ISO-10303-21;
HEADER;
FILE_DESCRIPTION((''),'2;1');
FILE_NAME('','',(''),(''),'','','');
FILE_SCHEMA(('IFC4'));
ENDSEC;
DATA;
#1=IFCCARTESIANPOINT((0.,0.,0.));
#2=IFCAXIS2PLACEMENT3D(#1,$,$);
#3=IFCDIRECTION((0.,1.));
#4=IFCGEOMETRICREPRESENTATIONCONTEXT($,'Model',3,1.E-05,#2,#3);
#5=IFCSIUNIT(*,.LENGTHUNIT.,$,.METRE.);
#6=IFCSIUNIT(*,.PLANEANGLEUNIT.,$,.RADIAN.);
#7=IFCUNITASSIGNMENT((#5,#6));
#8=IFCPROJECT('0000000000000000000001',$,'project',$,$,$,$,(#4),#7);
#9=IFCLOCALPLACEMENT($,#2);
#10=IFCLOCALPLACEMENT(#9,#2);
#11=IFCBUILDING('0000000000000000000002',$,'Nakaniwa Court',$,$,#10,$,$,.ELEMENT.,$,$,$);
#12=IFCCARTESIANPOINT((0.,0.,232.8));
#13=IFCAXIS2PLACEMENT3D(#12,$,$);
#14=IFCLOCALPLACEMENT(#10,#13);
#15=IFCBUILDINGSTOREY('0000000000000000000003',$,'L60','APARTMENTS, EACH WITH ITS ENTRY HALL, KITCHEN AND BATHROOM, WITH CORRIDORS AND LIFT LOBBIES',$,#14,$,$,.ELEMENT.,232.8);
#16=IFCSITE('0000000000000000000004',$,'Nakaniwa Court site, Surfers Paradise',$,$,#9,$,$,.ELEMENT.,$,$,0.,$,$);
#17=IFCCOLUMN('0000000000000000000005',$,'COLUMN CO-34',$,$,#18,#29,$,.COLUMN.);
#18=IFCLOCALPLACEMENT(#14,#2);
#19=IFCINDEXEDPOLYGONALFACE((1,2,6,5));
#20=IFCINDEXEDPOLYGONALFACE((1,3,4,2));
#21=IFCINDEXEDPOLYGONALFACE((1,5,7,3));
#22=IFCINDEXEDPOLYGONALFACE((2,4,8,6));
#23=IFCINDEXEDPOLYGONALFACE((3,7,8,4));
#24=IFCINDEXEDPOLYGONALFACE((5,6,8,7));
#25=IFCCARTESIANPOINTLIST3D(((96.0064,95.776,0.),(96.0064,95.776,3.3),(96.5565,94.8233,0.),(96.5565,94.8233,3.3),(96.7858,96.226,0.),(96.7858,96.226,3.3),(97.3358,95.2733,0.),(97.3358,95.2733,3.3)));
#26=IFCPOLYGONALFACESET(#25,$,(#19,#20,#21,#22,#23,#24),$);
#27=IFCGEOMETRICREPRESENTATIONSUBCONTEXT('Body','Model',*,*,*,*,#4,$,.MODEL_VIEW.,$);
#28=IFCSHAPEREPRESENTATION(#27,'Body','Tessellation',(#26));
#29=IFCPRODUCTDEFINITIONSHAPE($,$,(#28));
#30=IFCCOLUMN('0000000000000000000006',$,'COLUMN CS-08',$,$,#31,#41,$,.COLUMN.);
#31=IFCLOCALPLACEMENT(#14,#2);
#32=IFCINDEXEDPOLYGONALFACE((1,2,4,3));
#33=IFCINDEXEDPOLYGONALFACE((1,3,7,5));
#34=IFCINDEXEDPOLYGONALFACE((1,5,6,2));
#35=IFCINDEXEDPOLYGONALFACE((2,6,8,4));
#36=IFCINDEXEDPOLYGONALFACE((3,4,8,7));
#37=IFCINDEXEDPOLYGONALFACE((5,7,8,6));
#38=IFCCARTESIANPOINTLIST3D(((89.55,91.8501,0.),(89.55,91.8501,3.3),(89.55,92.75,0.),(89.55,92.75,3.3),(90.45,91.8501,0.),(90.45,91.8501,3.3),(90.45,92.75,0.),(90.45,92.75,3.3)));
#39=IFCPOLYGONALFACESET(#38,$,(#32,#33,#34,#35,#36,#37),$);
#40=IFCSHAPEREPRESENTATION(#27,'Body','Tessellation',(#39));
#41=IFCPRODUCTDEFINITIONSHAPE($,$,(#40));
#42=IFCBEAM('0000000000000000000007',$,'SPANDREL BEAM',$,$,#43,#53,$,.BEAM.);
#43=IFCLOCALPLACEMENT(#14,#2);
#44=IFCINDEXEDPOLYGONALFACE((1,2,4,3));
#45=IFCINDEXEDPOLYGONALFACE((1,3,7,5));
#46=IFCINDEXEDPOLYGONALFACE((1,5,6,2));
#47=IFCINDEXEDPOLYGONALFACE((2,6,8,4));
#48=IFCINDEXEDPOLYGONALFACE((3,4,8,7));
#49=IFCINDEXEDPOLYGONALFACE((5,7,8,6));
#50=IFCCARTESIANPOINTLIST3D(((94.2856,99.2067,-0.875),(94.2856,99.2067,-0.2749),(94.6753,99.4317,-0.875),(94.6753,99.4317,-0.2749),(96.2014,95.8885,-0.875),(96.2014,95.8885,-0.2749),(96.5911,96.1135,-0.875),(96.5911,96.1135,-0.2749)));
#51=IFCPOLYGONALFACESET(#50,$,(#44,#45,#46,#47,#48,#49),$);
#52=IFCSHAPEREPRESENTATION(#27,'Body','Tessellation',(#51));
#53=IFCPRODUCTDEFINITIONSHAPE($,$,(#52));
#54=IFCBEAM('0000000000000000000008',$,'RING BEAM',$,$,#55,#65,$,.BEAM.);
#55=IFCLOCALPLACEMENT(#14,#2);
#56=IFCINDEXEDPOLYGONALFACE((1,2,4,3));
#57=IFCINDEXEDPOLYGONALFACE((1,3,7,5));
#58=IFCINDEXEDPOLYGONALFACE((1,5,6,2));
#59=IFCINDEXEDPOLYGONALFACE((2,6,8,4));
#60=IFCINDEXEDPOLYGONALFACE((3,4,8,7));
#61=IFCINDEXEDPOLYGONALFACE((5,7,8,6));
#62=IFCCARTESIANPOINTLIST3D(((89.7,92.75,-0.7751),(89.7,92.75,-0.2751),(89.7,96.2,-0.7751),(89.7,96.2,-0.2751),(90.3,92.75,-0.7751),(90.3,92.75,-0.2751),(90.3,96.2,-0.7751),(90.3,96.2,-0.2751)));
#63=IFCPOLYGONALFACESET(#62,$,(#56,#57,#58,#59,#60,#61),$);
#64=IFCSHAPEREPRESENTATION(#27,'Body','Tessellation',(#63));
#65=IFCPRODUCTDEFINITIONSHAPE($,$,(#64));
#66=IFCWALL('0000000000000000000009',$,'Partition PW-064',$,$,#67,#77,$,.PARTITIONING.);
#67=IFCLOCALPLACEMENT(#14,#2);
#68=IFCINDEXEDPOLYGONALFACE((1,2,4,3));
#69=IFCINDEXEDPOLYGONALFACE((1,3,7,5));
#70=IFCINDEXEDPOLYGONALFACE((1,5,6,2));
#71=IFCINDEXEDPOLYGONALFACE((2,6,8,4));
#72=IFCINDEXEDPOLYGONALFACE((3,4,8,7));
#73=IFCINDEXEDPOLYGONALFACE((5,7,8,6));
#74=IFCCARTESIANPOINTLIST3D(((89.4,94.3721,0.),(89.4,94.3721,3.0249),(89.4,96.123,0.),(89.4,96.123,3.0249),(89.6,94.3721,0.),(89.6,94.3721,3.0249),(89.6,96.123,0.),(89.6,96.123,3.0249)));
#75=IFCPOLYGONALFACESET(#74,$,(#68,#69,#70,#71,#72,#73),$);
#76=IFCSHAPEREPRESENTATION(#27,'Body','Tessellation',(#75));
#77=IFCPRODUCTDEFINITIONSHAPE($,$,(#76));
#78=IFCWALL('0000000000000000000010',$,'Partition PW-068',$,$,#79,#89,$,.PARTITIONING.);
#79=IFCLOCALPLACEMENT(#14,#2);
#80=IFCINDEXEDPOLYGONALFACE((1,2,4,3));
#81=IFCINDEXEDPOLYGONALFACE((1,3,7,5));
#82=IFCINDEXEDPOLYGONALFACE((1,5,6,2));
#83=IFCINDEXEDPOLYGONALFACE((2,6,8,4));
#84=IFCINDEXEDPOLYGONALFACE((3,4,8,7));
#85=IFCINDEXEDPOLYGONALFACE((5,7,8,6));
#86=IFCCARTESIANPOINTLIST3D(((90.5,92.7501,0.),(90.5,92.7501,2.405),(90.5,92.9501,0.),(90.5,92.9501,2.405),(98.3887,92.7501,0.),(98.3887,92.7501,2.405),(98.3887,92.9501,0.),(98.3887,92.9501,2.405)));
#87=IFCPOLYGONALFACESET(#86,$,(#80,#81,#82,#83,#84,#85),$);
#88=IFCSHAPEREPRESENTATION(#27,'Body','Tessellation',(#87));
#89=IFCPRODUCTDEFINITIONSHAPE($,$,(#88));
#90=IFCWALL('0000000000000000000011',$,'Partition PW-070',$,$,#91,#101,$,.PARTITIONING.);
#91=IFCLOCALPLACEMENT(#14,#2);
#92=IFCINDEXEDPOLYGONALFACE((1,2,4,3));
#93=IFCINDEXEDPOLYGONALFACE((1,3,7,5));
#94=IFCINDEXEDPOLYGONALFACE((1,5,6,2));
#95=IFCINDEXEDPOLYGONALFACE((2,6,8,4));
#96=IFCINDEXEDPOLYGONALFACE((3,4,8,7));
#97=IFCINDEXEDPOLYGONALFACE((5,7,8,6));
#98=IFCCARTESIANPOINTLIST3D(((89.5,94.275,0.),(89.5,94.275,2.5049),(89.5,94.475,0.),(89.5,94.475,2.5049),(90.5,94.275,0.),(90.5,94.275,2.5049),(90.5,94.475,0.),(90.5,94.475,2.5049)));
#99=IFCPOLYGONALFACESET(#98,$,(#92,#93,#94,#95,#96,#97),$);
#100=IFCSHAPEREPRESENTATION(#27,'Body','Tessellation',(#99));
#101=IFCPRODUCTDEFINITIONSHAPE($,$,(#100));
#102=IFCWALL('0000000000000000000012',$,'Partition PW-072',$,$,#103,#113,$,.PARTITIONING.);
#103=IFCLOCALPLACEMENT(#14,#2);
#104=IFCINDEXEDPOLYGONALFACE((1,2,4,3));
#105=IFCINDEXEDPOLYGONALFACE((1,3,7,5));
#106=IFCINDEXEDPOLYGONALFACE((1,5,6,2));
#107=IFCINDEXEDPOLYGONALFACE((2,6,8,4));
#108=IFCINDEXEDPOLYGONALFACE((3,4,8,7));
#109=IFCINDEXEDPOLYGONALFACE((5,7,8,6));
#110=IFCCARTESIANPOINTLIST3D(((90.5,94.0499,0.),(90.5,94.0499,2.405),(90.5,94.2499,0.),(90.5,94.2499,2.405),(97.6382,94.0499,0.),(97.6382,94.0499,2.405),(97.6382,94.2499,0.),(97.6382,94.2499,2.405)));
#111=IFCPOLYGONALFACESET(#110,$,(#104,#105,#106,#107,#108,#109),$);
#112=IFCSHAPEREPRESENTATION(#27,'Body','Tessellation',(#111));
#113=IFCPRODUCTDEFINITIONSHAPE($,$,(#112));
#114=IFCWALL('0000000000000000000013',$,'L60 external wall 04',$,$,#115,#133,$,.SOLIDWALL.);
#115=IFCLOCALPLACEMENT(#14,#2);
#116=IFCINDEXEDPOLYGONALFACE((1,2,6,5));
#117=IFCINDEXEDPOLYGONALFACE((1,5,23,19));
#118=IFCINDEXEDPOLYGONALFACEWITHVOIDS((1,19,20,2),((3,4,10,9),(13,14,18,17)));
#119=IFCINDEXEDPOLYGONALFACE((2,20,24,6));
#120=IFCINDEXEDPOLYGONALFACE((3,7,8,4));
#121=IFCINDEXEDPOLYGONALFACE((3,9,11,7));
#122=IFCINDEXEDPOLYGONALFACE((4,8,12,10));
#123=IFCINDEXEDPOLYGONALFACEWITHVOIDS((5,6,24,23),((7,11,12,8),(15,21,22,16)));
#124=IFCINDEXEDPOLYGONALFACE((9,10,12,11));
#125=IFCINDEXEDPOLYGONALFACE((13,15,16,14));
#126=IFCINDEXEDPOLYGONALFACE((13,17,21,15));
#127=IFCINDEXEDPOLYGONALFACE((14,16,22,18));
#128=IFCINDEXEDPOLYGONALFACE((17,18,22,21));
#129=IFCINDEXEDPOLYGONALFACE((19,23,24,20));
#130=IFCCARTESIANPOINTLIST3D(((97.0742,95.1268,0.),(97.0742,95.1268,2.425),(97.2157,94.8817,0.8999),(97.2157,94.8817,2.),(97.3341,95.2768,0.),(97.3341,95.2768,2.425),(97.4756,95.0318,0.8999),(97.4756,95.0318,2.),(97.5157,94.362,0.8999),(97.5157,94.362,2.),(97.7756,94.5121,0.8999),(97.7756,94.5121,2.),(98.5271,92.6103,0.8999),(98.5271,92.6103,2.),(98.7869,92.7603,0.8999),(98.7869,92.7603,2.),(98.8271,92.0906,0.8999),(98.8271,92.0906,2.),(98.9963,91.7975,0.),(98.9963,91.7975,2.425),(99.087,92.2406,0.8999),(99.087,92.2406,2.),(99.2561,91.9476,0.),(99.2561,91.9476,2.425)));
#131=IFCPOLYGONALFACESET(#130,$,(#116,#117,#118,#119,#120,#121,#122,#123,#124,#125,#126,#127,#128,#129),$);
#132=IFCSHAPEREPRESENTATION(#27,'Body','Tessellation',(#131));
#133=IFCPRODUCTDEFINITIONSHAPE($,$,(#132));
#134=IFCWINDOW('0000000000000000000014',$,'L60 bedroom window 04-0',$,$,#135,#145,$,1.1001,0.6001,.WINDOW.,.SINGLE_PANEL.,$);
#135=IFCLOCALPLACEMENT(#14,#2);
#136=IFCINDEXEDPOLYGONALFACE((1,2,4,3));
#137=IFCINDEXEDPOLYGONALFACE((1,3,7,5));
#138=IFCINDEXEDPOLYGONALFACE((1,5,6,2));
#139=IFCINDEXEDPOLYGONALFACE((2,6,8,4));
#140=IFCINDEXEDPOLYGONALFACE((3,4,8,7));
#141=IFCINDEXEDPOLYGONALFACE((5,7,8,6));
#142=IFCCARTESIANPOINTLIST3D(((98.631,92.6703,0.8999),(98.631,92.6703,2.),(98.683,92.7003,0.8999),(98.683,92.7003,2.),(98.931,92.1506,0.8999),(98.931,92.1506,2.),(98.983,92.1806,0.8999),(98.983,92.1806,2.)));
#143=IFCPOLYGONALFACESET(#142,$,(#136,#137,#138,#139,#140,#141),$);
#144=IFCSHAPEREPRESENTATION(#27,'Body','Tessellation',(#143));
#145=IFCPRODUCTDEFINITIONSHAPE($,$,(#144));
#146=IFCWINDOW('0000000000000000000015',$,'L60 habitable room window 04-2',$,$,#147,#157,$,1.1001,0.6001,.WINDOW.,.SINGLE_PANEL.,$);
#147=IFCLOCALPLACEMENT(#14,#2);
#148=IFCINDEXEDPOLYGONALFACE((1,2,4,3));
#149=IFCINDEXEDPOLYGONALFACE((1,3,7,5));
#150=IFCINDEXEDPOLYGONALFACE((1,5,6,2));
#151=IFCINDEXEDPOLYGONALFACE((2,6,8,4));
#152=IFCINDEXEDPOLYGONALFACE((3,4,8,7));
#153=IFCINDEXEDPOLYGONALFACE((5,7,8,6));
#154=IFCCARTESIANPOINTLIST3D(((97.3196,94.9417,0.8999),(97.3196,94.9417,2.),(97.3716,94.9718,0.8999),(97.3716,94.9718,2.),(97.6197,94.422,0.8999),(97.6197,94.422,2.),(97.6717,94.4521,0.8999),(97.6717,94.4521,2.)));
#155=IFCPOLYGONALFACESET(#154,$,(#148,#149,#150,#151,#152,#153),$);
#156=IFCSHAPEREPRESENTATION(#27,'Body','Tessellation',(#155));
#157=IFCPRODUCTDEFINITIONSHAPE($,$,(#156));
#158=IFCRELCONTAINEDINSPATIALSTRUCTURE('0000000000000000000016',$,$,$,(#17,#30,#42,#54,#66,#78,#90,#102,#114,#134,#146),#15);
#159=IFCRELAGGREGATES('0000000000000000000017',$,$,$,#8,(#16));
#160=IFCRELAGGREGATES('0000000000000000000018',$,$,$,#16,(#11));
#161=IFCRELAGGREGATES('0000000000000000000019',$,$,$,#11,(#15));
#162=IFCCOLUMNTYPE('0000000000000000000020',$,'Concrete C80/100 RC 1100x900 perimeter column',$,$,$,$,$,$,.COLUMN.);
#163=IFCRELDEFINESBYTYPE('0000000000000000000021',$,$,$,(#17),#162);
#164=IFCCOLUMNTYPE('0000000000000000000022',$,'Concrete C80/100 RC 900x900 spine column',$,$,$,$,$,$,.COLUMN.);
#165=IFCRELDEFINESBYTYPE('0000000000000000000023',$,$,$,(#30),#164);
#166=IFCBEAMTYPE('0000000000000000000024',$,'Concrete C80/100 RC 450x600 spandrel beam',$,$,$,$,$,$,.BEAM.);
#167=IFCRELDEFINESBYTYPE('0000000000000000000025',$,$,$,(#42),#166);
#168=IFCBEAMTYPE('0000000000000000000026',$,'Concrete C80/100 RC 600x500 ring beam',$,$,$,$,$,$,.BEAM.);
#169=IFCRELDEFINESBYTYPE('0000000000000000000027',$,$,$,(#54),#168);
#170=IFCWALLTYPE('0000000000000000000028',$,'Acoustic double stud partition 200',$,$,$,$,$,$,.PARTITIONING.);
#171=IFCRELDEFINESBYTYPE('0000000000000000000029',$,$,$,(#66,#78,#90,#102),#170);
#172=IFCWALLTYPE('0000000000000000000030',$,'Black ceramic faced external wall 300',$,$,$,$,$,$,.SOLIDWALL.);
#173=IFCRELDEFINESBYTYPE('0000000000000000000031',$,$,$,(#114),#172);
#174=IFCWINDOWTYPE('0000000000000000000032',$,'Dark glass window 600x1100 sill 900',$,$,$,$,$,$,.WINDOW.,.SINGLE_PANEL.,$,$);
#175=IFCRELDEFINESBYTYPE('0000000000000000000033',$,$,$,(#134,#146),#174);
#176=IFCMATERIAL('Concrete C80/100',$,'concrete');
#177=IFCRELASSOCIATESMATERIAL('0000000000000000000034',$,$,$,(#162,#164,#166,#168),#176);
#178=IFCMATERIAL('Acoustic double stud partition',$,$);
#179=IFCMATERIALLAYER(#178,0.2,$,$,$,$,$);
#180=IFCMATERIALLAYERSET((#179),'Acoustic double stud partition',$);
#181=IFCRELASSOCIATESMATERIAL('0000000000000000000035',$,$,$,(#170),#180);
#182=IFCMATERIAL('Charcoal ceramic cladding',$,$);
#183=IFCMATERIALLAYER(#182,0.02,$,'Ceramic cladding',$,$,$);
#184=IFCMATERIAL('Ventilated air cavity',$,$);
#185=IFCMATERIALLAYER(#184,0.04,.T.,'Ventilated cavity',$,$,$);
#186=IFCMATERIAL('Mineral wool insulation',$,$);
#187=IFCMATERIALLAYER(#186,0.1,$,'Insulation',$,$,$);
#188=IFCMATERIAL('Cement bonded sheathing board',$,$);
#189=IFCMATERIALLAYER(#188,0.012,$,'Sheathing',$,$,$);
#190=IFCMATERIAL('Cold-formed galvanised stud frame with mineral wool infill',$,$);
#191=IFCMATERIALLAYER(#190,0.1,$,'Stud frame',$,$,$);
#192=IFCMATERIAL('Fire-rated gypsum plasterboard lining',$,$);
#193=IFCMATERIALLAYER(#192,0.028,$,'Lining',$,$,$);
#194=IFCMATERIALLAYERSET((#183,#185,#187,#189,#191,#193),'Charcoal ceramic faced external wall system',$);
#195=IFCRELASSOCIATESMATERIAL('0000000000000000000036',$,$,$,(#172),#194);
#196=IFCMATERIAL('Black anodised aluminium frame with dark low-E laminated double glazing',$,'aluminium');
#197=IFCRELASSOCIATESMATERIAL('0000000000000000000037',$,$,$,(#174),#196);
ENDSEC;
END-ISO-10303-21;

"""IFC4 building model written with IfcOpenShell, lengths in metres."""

from ifc_helpers import new_model, si_unit, direction, frame, frame_2d, origin, origin_2d, place, context, subcontext, project, spatial, rectangle, extrude, material, layer, layer_set, material_profile, profile_set, type_object, element, fill, save


model = new_model("IFC4")

# Units and contexts
model_context = context("Model", 3, precision=1e-05, world=origin(), true_north=direction((0.0, 1.0)))
body_context = subcontext(model_context, "Body", "Model", "MODEL_VIEW")
ifc_project = project(units=[si_unit("LENGTHUNIT", "METRE"), si_unit("PLANEANGLEUNIT", "RADIAN")], contexts=[model_context])

# Site, building, storey
site_placement = place(None, origin())
site = spatial("IfcSite", under=ifc_project, at=site_placement, Name="Nakaniwa Court site, Surfers Paradise", CompositionType="ELEMENT", RefElevation=0.0)
building_placement = place(site_placement, origin())
building = spatial("IfcBuilding", under=site, at=building_placement, Name="Nakaniwa Court", CompositionType="ELEMENT")
storey_placement = place(building_placement, frame((0.0, 0.0, 232.8)))
storey = spatial("IfcBuildingStorey", under=building, at=storey_placement, Name="L60", Description="APARTMENTS, EACH WITH ITS ENTRY HALL, KITCHEN AND BATHROOM, WITH CORRIDORS AND LIFT LOBBIES", CompositionType="ELEMENT", Elevation=232.8)

# Columns
ifc_material_1 = material(Name="Concrete C80/100", Category="concrete")
ifc_material_profile_1 = material_profile(ifc_material_1, rectangle(XDim=1.1001, YDim=0.8999, at=origin_2d()), Name="Concrete C80/100 RC 1100x900 perimeter column")
ifc_profile_set_1 = profile_set([ifc_material_profile_1], Name="Concrete C80/100")
column_type_1 = type_object("IfcColumnType", Name="Concrete C80/100 RC 1100x900 perimeter column", PredefinedType="COLUMN", material=ifc_profile_set_1)
column_1_placement = place(storey_placement, frame((96.6711, 95.5247, 0.0), z_axis=(0.0, 0.0, 1.0), x_axis=(-0.5, 0.866025, 0.0)))
element("IfcColumn", 1, at=column_1_placement, inside=storey, type_object=column_type_1, Name="COLUMN CO-34", PredefinedType="COLUMN", context=body_context, shape_type="SweptSolid", body=[
    extrude(rectangle(XDim=1.1001, YDim=0.8999, at=origin_2d()), origin(), (0.0, 0.0, 1.0), 3.3),
])
ifc_material_profile_2 = material_profile(ifc_material_1, rectangle(XDim=0.8999, YDim=0.8999, at=origin_2d()), Name="Concrete C80/100 RC 900x900 spine column")
ifc_profile_set_2 = profile_set([ifc_material_profile_2], Name="Concrete C80/100")
column_type_2 = type_object("IfcColumnType", Name="Concrete C80/100 RC 900x900 spine column", PredefinedType="COLUMN", material=ifc_profile_set_2)
column_2_placement = place(storey_placement, frame((90.0, 92.3, 0.0), z_axis=(0.0, 0.0, 1.0), x_axis=(0.0, 1.0, 0.0)))
element("IfcColumn", 2, at=column_2_placement, inside=storey, type_object=column_type_2, Name="COLUMN CS-08", PredefinedType="COLUMN", context=body_context, shape_type="SweptSolid", body=[
    extrude(rectangle(XDim=0.8999, YDim=0.8999, at=origin_2d()), origin(), (0.0, 0.0, 1.0), 3.3),
])

# Beams
ifc_material_profile_3 = material_profile(ifc_material_1, rectangle(XDim=0.45, YDim=0.6001, at=origin_2d()), Name="Concrete C80/100 RC 450x600 spandrel beam")
ifc_profile_set_3 = profile_set([ifc_material_profile_3], Name="Concrete C80/100")
beam_type_1 = type_object("IfcBeamType", Name="Concrete C80/100 RC 450x600 spandrel beam", PredefinedType="BEAM", material=ifc_profile_set_3)
beam_1_placement = place(storey_placement, frame((96.3962, 96.001, -0.575), z_axis=(-0.500011, 0.866019, 0.0), x_axis=(-0.866019, -0.500011, 0.0)))
element("IfcBeam", 3, at=beam_1_placement, inside=storey, type_object=beam_type_1, Name="SPANDREL BEAM", PredefinedType="BEAM", context=body_context, shape_type="SweptSolid", body=[
    extrude(rectangle(XDim=0.45, YDim=0.6001, at=origin_2d()), origin(), (0.0, 0.0, 1.0), 3.8315),
])
ifc_material_profile_4 = material_profile(ifc_material_1, rectangle(XDim=0.6001, YDim=0.5, at=origin_2d()), Name="Concrete C80/100 RC 600x500 ring beam")
ifc_profile_set_4 = profile_set([ifc_material_profile_4], Name="Concrete C80/100")
beam_type_2 = type_object("IfcBeamType", Name="Concrete C80/100 RC 600x500 ring beam", PredefinedType="BEAM", material=ifc_profile_set_4)
beam_2_placement = place(storey_placement, frame((90.0, 92.75, -0.5251), z_axis=(0.0, 1.0, 0.0), x_axis=(-1.0, 0.0, 0.0)))
element("IfcBeam", 4, at=beam_2_placement, inside=storey, type_object=beam_type_2, Name="RING BEAM", PredefinedType="BEAM", context=body_context, shape_type="SweptSolid", body=[
    extrude(rectangle(XDim=0.6001, YDim=0.5, at=origin_2d()), origin(), (0.0, 0.0, 1.0), 3.45),
])

# Walls
ifc_material_2 = material(Name="Acoustic double stud partition")
ifc_layer_1 = layer(ifc_material_2, 0.2)
ifc_layer_set_1 = layer_set([ifc_layer_1], Name="Acoustic double stud partition")
wall_type_1 = type_object("IfcWallType", Name="Acoustic double stud partition 200", PredefinedType="PARTITIONING", material=ifc_layer_set_1)
wall_1_placement = place(storey_placement, frame((89.5, 94.3721, 0.0), z_axis=(0.0, 0.0, 1.0), x_axis=(0.0, 1.0, 0.0)))
element("IfcWall", 5, at=wall_1_placement, inside=storey, type_object=wall_type_1, Name="Partition PW-064", PredefinedType="PARTITIONING", context=body_context, shape_type="SweptSolid", body=[
    extrude(rectangle(XDim=1.751, YDim=0.2, at=frame_2d((0.8755, 0.0))), origin(), (0.0, 0.0, 1.0), 3.0249),
])
wall_2_placement = place(storey_placement, frame((90.5, 92.8501, 0.0), z_axis=(0.0, 0.0, 1.0), x_axis=(1.0, 0.0, 0.0)))
element("IfcWall", 6, at=wall_2_placement, inside=storey, type_object=wall_type_1, Name="Partition PW-068", PredefinedType="PARTITIONING", context=body_context, shape_type="SweptSolid", body=[
    extrude(rectangle(XDim=7.8887, YDim=0.2, at=frame_2d((3.9443, 0.0))), origin(), (0.0, 0.0, 1.0), 2.405),
])
wall_3_placement = place(storey_placement, frame((89.5, 94.375, 0.0), z_axis=(0.0, 0.0, 1.0), x_axis=(1.0, 0.0, 0.0)))
element("IfcWall", 7, at=wall_3_placement, inside=storey, type_object=wall_type_1, Name="Partition PW-070", PredefinedType="PARTITIONING", context=body_context, shape_type="SweptSolid", body=[
    extrude(rectangle(XDim=1.0, YDim=0.2, at=frame_2d((0.5, 0.0))), origin(), (0.0, 0.0, 1.0), 2.5049),
])
wall_4_placement = place(storey_placement, frame((90.5, 94.1499, 0.0), z_axis=(0.0, 0.0, 1.0), x_axis=(1.0, 0.0, 0.0)))
element("IfcWall", 8, at=wall_4_placement, inside=storey, type_object=wall_type_1, Name="Partition PW-072", PredefinedType="PARTITIONING", context=body_context, shape_type="SweptSolid", body=[
    extrude(rectangle(XDim=7.1382, YDim=0.2, at=frame_2d((3.5691, 0.0))), origin(), (0.0, 0.0, 1.0), 2.405),
])

# Wall, openings, windows
ifc_material_3 = material(Name="Charcoal ceramic cladding")
ifc_layer_2 = layer(ifc_material_3, 0.02, Name="Ceramic cladding")
ifc_material_4 = material(Name="Ventilated air cavity")
ifc_layer_3 = layer(ifc_material_4, 0.04, ventilated=True, Name="Ventilated cavity")
ifc_material_5 = material(Name="Mineral wool insulation")
ifc_layer_4 = layer(ifc_material_5, 0.1, Name="Insulation")
ifc_material_6 = material(Name="Cement bonded sheathing board")
ifc_layer_5 = layer(ifc_material_6, 0.012, Name="Sheathing")
ifc_material_7 = material(Name="Cold-formed galvanised stud frame with mineral wool infill")
ifc_layer_6 = layer(ifc_material_7, 0.1, Name="Stud frame")
ifc_material_8 = material(Name="Fire-rated gypsum plasterboard lining")
ifc_layer_7 = layer(ifc_material_8, 0.028, Name="Lining")
ifc_layer_set_2 = layer_set([ifc_layer_2, ifc_layer_3, ifc_layer_4, ifc_layer_5, ifc_layer_6, ifc_layer_7], Name="Charcoal ceramic faced external wall system")
wall_type_2 = type_object("IfcWallType", Name="Black ceramic faced external wall 300", PredefinedType="SOLIDWALL", material=ifc_layer_set_2)
wall_5_placement = place(storey_placement, frame((99.1262, 91.8726, 0.0), z_axis=(0.0, 0.0, 1.0), x_axis=(-0.499984, 0.866034, 0.0)))
wall_5 = element("IfcWall", 9, at=wall_5_placement, inside=storey, type_object=wall_type_2, Name="L60 external wall 04", PredefinedType="SOLIDWALL", context=body_context, shape_type="SweptSolid", body=[
    extrude(rectangle(XDim=3.8442, YDim=0.3, at=frame_2d((1.9221, 0.0))), origin(), (0.0, 0.0, 1.0), 2.425),
])
opening_1_placement = place(wall_5_placement, frame((0.3384, 0.0, 0.8999)))
opening_1 = element("IfcOpeningElement", 10, at=opening_1_placement, cuts=wall_5, PredefinedType="OPENING", context=body_context, shape_type="SweptSolid", body=[
    extrude(rectangle(XDim=0.6001, YDim=1.1001, at=frame_2d((0.3, 0.55))), frame((0.0, 0.1599, 0.0), z_axis=(0.0, -1.0, 0.0), x_axis=(1.0, 0.0, 0.0)), (0.0, 0.0, 1.0), 0.3201),
])
opening_2_placement = place(wall_5_placement, frame((2.9612, 0.0, 0.8999)))
opening_2 = element("IfcOpeningElement", 11, at=opening_2_placement, cuts=wall_5, PredefinedType="OPENING", context=body_context, shape_type="SweptSolid", body=[
    extrude(rectangle(XDim=0.6001, YDim=1.1001, at=frame_2d((0.3, 0.55))), frame((0.0, 0.1599, 0.0), z_axis=(0.0, -1.0, 0.0), x_axis=(1.0, 0.0, 0.0)), (0.0, 0.0, 1.0), 0.3201),
])
ifc_material_9 = material(Name="Black anodised aluminium frame with dark low-E laminated double glazing", Category="aluminium")
window_type_1 = type_object("IfcWindowType", Name="Dark glass window 600x1100 sill 900", PartitioningType="SINGLE_PANEL", PredefinedType="WINDOW", material=ifc_material_9)
window_1_placement = place(opening_1_placement, origin())
window_1 = element("IfcWindow", 12, at=window_1_placement, inside=storey, type_object=window_type_1, Name="L60 bedroom window 04-0", OverallHeight=1.1001, OverallWidth=0.6001, PartitioningType="SINGLE_PANEL", PredefinedType="WINDOW", context=body_context, shape_type="SweptSolid", body=[
    extrude(rectangle(XDim=0.6001, YDim=1.1001, at=frame_2d((0.3, 0.55))), frame((0.0, 0.03, 0.0), z_axis=(0.0, -1.0, 0.0), x_axis=(1.0, 0.0, 0.0)), (0.0, 0.0, 1.0), 0.0601),
])
fill(opening_1, window_1)
window_2_placement = place(opening_2_placement, origin())
window_2 = element("IfcWindow", 13, at=window_2_placement, inside=storey, type_object=window_type_1, Name="L60 habitable room window 04-2", OverallHeight=1.1001, OverallWidth=0.6001, PartitioningType="SINGLE_PANEL", PredefinedType="WINDOW", context=body_context, shape_type="SweptSolid", body=[
    extrude(rectangle(XDim=0.6001, YDim=1.1001, at=frame_2d((0.3, 0.55))), frame((0.0, 0.03, 0.0), z_axis=(0.0, -1.0, 0.0), x_axis=(1.0, 0.0, 0.0)), (0.0, 0.0, 1.0), 0.0601),
])
fill(opening_2, window_2)

save(model, "model.ifc")
